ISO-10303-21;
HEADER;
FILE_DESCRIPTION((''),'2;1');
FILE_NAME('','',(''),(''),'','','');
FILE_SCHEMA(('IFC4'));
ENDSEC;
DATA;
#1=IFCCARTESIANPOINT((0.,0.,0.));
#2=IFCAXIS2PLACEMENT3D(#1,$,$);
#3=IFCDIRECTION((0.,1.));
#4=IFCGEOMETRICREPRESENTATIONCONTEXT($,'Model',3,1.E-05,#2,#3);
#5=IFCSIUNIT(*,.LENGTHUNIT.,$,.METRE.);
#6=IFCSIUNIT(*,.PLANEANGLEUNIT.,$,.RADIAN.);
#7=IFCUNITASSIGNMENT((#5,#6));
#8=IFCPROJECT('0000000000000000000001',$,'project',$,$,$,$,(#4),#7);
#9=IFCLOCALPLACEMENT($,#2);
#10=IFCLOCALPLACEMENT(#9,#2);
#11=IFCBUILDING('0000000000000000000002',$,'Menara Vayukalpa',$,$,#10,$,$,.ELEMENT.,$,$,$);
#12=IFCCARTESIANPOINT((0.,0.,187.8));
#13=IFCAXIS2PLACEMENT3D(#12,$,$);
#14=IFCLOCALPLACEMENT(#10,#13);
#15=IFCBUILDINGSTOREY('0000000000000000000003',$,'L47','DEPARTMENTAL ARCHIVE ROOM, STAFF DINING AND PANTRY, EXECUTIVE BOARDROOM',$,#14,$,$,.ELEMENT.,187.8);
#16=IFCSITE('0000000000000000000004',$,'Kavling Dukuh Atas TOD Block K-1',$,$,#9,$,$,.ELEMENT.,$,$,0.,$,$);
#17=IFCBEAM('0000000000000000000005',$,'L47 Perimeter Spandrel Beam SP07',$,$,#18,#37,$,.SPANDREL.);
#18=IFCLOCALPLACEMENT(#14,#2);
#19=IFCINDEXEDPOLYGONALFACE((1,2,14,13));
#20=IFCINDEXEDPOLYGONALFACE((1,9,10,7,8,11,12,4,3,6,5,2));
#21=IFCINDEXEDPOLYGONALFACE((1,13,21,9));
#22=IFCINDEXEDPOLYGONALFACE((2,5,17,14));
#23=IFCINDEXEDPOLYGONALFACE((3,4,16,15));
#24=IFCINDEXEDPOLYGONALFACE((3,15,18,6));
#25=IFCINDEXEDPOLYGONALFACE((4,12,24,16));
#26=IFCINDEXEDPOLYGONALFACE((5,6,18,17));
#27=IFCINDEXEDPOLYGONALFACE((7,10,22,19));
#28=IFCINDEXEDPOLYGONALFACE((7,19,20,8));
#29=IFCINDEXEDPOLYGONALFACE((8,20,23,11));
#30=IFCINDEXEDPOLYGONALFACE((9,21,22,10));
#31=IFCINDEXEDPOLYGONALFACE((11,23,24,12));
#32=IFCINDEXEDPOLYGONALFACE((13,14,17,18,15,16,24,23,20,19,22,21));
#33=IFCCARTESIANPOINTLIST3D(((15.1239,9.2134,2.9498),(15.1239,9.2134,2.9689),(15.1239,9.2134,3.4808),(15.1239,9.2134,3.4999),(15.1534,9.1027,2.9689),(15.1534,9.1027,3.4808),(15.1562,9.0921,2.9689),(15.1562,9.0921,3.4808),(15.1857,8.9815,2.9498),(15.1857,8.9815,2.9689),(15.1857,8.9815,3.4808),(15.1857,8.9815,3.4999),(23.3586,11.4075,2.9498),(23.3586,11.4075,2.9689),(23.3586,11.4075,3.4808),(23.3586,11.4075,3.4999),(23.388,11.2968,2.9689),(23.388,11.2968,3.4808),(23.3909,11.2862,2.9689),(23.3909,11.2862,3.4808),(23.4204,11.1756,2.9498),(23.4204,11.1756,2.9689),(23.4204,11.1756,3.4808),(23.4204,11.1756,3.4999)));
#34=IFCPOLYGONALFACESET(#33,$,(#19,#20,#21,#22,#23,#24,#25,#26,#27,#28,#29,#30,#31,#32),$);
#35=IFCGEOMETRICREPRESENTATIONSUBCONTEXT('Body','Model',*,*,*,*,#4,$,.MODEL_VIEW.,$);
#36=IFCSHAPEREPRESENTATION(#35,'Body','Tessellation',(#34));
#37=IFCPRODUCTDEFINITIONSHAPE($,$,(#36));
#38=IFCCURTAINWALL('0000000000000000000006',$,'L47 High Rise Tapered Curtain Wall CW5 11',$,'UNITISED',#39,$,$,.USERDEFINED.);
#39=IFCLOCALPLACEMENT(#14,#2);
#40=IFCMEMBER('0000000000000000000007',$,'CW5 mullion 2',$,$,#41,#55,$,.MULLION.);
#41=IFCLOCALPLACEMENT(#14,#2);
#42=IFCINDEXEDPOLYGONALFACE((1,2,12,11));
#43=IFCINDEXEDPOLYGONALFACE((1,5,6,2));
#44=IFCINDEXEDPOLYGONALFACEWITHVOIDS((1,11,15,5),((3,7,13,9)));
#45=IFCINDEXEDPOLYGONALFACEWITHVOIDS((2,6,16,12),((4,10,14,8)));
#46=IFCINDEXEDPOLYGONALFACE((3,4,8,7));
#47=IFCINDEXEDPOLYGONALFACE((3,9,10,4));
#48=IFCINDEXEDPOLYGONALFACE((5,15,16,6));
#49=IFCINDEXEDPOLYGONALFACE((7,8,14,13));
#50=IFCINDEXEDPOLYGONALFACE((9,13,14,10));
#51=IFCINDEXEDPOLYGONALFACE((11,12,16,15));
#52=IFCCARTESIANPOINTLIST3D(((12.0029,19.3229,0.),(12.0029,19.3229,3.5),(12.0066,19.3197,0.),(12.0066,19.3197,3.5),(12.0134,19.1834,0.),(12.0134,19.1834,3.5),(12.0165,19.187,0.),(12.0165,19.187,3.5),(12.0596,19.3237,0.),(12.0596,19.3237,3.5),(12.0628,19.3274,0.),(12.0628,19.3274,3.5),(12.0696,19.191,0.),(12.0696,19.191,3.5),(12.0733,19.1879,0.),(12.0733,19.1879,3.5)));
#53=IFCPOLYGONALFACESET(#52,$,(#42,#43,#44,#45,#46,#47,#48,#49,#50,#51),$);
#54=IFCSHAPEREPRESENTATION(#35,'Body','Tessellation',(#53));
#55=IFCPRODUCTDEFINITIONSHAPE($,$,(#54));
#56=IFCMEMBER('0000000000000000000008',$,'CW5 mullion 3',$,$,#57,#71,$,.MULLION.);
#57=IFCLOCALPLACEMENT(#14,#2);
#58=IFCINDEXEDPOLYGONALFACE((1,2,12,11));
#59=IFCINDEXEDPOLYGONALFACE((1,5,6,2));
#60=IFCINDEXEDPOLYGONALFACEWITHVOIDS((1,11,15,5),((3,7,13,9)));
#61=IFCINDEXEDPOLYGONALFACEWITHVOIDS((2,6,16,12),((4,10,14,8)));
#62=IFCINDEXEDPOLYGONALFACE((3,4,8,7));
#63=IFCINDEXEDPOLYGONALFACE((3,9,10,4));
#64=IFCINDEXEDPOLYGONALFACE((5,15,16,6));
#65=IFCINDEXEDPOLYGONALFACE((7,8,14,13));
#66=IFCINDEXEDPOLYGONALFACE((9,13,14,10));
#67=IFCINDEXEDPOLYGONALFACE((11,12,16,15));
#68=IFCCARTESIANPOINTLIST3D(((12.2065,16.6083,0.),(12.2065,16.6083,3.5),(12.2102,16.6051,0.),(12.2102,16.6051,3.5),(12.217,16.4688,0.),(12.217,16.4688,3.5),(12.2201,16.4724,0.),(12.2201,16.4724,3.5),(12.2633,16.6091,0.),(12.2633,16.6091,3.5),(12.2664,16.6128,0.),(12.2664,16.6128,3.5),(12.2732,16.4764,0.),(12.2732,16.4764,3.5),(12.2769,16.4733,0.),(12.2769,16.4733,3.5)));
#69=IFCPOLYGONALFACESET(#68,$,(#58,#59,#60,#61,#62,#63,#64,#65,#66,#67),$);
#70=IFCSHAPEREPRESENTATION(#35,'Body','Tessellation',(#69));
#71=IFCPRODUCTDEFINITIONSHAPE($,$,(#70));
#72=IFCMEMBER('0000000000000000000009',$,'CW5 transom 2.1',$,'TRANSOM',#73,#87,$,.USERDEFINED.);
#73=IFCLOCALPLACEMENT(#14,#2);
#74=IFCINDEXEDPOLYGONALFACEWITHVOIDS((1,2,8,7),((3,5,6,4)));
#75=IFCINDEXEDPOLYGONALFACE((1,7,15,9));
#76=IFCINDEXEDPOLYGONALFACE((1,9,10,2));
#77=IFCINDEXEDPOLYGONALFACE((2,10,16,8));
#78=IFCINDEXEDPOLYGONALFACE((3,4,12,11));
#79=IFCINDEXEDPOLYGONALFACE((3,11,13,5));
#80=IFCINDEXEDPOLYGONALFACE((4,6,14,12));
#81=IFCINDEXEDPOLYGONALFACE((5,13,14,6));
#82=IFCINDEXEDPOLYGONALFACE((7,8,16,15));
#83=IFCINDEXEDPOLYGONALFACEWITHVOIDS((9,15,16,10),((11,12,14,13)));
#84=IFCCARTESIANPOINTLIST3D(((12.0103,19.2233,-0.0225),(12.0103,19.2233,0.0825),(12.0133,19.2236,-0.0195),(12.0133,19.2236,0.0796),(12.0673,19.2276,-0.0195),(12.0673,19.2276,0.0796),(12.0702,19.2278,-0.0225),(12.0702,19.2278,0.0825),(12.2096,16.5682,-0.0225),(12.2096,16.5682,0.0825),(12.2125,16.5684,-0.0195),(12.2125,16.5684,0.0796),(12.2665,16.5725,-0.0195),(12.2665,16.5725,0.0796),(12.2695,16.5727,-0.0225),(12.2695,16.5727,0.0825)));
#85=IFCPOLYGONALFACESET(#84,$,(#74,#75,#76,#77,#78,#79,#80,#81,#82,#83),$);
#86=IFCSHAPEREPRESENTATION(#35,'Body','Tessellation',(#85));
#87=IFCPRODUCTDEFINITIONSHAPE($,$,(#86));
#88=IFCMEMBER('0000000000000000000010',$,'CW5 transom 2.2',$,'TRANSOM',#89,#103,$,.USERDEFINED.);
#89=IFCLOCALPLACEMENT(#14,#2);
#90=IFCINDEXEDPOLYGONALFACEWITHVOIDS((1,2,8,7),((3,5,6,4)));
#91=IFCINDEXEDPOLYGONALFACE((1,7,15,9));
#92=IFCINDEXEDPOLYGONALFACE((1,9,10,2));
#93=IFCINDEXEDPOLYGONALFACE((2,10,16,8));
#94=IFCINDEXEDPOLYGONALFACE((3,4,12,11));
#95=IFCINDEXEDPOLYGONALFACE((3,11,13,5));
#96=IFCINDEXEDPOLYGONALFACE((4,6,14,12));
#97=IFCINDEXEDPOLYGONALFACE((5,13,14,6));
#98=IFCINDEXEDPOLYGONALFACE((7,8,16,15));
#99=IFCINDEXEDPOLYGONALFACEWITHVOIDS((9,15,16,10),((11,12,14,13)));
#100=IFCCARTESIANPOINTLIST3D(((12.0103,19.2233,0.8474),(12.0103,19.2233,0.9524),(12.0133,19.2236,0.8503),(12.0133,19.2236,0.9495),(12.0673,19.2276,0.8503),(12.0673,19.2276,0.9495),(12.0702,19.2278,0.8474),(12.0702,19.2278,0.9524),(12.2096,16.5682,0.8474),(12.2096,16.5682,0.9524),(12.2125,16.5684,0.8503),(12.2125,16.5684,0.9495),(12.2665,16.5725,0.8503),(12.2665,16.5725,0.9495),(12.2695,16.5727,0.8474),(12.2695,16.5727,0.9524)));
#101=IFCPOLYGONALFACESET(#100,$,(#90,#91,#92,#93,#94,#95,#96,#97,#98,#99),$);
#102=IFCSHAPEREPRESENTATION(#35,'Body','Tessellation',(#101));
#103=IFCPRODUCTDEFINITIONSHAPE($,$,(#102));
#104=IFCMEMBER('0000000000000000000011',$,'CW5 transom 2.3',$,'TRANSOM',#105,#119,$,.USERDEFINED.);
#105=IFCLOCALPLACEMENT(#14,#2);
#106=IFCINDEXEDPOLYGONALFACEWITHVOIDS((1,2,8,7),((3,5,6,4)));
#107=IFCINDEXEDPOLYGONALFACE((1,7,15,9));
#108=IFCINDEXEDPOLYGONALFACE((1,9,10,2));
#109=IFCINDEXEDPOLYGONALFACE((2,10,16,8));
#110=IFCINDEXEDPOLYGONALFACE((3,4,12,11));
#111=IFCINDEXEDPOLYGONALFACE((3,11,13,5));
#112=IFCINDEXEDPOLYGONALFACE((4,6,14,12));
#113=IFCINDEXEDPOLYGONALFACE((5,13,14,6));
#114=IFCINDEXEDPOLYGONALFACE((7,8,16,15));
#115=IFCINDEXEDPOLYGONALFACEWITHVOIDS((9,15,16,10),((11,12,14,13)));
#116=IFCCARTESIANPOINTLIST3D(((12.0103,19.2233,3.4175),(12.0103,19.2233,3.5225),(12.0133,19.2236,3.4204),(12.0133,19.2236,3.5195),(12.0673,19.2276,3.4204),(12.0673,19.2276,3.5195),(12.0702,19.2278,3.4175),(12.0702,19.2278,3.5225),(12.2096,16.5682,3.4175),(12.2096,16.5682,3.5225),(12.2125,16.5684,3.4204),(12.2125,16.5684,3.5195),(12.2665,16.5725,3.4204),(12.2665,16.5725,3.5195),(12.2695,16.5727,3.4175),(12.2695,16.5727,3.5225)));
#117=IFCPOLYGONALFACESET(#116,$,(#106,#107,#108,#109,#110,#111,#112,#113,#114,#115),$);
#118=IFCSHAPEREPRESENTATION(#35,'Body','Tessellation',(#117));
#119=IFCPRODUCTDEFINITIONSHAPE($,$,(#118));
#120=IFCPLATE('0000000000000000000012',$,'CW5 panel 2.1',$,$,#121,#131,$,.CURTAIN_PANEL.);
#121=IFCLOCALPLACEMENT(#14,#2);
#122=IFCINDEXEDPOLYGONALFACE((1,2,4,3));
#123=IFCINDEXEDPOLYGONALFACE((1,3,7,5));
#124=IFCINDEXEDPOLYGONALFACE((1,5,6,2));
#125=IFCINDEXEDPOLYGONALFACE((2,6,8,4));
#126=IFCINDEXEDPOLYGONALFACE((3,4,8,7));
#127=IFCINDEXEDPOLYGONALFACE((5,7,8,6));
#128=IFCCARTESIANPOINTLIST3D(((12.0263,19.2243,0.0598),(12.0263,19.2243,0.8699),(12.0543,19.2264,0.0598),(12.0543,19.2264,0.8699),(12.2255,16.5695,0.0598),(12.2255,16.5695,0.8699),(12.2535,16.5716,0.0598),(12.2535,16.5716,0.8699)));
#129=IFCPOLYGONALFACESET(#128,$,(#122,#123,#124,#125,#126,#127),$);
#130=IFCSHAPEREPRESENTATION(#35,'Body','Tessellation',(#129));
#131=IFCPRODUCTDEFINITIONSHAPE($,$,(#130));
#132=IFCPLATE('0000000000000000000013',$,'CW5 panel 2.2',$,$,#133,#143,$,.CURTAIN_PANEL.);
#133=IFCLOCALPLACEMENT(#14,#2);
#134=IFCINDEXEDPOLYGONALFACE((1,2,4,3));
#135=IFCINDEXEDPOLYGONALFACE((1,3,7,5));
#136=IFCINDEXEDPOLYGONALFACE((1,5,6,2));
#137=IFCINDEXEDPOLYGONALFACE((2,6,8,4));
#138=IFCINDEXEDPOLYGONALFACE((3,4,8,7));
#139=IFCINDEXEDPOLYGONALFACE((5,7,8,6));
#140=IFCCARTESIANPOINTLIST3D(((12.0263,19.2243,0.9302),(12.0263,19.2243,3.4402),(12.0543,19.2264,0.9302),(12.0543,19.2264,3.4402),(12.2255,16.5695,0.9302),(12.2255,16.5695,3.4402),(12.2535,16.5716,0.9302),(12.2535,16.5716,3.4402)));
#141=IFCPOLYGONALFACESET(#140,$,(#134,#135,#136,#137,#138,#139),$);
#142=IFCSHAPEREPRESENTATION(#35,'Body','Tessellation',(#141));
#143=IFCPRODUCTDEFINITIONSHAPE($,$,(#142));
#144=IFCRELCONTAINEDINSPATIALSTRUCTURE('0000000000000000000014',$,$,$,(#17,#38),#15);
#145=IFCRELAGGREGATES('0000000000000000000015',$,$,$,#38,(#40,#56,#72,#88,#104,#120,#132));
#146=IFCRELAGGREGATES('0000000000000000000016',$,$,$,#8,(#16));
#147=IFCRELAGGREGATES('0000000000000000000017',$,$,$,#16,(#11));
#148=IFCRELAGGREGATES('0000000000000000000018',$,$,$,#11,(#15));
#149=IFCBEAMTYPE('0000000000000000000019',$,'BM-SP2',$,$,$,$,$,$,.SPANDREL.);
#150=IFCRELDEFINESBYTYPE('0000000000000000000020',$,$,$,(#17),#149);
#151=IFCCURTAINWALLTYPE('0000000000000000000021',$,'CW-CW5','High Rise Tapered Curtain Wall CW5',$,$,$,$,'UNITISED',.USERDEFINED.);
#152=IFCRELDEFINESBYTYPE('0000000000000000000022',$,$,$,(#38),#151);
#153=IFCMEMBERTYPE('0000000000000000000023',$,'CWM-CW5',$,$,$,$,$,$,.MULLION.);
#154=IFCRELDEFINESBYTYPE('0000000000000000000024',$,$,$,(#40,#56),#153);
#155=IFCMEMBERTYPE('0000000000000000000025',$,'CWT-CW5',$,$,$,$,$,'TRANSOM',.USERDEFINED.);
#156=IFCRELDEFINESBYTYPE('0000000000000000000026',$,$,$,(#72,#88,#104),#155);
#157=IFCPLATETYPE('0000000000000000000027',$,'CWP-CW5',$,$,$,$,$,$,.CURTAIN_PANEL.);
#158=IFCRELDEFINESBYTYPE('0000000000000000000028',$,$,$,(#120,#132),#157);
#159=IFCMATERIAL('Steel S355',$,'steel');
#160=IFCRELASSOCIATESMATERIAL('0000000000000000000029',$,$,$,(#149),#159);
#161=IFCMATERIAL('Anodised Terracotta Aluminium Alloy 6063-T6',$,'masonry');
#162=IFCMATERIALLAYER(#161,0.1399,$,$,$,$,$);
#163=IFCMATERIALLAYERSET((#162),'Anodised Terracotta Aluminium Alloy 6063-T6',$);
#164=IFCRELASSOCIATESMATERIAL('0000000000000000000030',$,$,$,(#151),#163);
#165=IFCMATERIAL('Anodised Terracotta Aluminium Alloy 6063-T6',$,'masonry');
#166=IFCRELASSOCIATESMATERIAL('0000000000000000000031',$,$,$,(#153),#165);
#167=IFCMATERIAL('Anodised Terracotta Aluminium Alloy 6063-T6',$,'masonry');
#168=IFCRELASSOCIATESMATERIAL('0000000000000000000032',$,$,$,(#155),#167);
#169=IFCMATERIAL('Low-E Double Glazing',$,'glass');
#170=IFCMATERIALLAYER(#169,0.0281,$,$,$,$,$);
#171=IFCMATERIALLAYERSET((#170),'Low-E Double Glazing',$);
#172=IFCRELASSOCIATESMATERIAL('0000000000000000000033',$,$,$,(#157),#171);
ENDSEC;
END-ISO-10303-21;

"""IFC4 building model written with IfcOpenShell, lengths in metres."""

from ifc_helpers import new_model, si_unit, direction, frame, origin, origin_2d, place, context, subcontext, project, spatial, rectangle, hollow_rectangle, i_section, extrude, material, layer, layer_set, material_profile, profile_set, type_object, element, aggregate, save


model = new_model("IFC4")

# Units and contexts
model_context = context("Model", 3, precision=1e-05, world=origin(), true_north=direction((0.0, 1.0)))
body_context = subcontext(model_context, "Body", "Model", "MODEL_VIEW")
ifc_project = project(units=[si_unit("LENGTHUNIT", "METRE"), si_unit("PLANEANGLEUNIT", "RADIAN")], contexts=[model_context])

# Site, building, storey
site_placement = place(None, origin())
site = spatial("IfcSite", under=ifc_project, at=site_placement, Name="Kavling Dukuh Atas TOD Block K-1", CompositionType="ELEMENT", RefElevation=0.0)
building_placement = place(site_placement, origin())
building = spatial("IfcBuilding", under=site, at=building_placement, Name="Menara Vayukalpa", CompositionType="ELEMENT")
storey_placement = place(building_placement, frame((0.0, 0.0, 187.8)))
storey = spatial("IfcBuildingStorey", under=building, at=storey_placement, Name="L47", Description="DEPARTMENTAL ARCHIVE ROOM, STAFF DINING AND PANTRY, EXECUTIVE BOARDROOM", CompositionType="ELEMENT", Elevation=187.8)

# Beam
ifc_material_1 = material(Name="Steel S355", Category="steel")
ifc_material_profile_1 = material_profile(ifc_material_1, i_section(OverallWidth=0.24, OverallDepth=0.55, WebThickness=0.011, FlangeThickness=0.019, at=origin_2d()), Name="WF 550x240x11x19")
ifc_profile_set_1 = profile_set([ifc_material_profile_1], Name="Steel S355")
beam_type_1 = type_object("IfcBeamType", Name="BM-SP2", PredefinedType="SPANDREL", material=ifc_profile_set_1)
beam_1_placement = place(storey_placement, frame((15.1548, 9.0974, 3.2249), z_axis=(0.966288, 0.257465, 0.0), x_axis=(-0.257465, 0.966288, 0.0)))
element("IfcBeam", 1, at=beam_1_placement, inside=storey, type_object=beam_type_1, Name="L47 Perimeter Spandrel Beam SP07", PredefinedType="SPANDREL", context=body_context, shape_type="SweptSolid", body=[
    extrude(i_section(OverallWidth=0.24, OverallDepth=0.55, WebThickness=0.011, FlangeThickness=0.019, at=origin_2d()), origin(), (0.0, 0.0, 1.0), 8.522),
])

# Curtain wall, members, plates
ifc_material_2 = material(Name="Anodised Terracotta Aluminium Alloy 6063-T6", Category="masonry")
ifc_layer_1 = layer(ifc_material_2, 0.1399)
ifc_layer_set_1 = layer_set([ifc_layer_1], Name="Anodised Terracotta Aluminium Alloy 6063-T6")
curtain_wall_type = type_object("IfcCurtainWallType", Name="CW-CW5", Description="High Rise Tapered Curtain Wall CW5", ElementType="UNITISED", PredefinedType="USERDEFINED", material=ifc_layer_set_1)
curtain_wall_placement = place(storey_placement, origin())
curtain_wall = element("IfcCurtainWall", 2, at=curtain_wall_placement, inside=storey, type_object=curtain_wall_type, Name="L47 High Rise Tapered Curtain Wall CW5 11", ObjectType="UNITISED", PredefinedType="USERDEFINED")
ifc_material_3 = material(Name="Anodised Terracotta Aluminium Alloy 6063-T6", Category="masonry")
ifc_material_profile_2 = material_profile(ifc_material_3, hollow_rectangle(XDim=0.0601, YDim=0.1399, WallThickness=0.0034, at=origin_2d()), Name="ALU 60x140x3.5")
ifc_profile_set_2 = profile_set([ifc_material_profile_2], Name="Anodised Terracotta Aluminium Alloy 6063-T6")
member_type_1 = type_object("IfcMemberType", Name="CWM-CW5", PredefinedType="MULLION", material=ifc_profile_set_2)
member_1_placement = place(storey_placement, frame((12.0381, 19.2554, 0.0), z_axis=(0.0, 0.0, 1.0), x_axis=(0.997199, 0.074792, 0.0)))
member_1 = element("IfcMember", 3, at=member_1_placement, type_object=member_type_1, Name="CW5 mullion 2", PredefinedType="MULLION", context=body_context, shape_type="SweptSolid", body=[
    extrude(hollow_rectangle(XDim=0.0601, YDim=0.1399, WallThickness=0.0034, at=origin_2d()), origin(), (0.0, 0.0, 1.0), 3.5),
])
member_2_placement = place(storey_placement, frame((12.2417, 16.5408, 0.0), z_axis=(0.0, 0.0, 1.0), x_axis=(0.997199, 0.074792, 0.0)))
member_2 = element("IfcMember", 4, at=member_2_placement, type_object=member_type_1, Name="CW5 mullion 3", PredefinedType="MULLION", context=body_context, shape_type="SweptSolid", body=[
    extrude(hollow_rectangle(XDim=0.0601, YDim=0.1399, WallThickness=0.0034, at=origin_2d()), origin(), (0.0, 0.0, 1.0), 3.5),
])
ifc_material_4 = material(Name="Anodised Terracotta Aluminium Alloy 6063-T6", Category="masonry")
ifc_material_profile_3 = material_profile(ifc_material_4, hollow_rectangle(XDim=0.0601, YDim=0.105, WallThickness=0.0029, at=origin_2d()), Name="ALU 60x105x3")
ifc_profile_set_3 = profile_set([ifc_material_profile_3], Name="Anodised Terracotta Aluminium Alloy 6063-T6")
member_type_2 = type_object("IfcMemberType", Name="CWT-CW5", ElementType="TRANSOM", PredefinedType="USERDEFINED", material=ifc_profile_set_3)
member_3_placement = place(storey_placement, frame((12.0403, 19.2256, 0.03), z_axis=(0.074824, -0.997197, 0.0), x_axis=(0.997197, 0.074824, 0.0)))
member_3 = element("IfcMember", 5, at=member_3_placement, type_object=member_type_2, Name="CW5 transom 2.1", ObjectType="TRANSOM", PredefinedType="USERDEFINED", context=body_context, shape_type="SweptSolid", body=[
    extrude(hollow_rectangle(XDim=0.0601, YDim=0.105, WallThickness=0.0029, at=origin_2d()), origin(), (0.0, 0.0, 1.0), 2.6626),
])
member_4_placement = place(storey_placement, frame((12.0403, 19.2256, 0.8999), z_axis=(0.074824, -0.997197, 0.0), x_axis=(0.997197, 0.074824, 0.0)))
member_4 = element("IfcMember", 6, at=member_4_placement, type_object=member_type_2, Name="CW5 transom 2.2", ObjectType="TRANSOM", PredefinedType="USERDEFINED", context=body_context, shape_type="SweptSolid", body=[
    extrude(hollow_rectangle(XDim=0.0601, YDim=0.105, WallThickness=0.0029, at=origin_2d()), origin(), (0.0, 0.0, 1.0), 2.6626),
])
member_5_placement = place(storey_placement, frame((12.0403, 19.2256, 3.47), z_axis=(0.074824, -0.997197, 0.0), x_axis=(0.997197, 0.074824, 0.0)))
member_5 = element("IfcMember", 7, at=member_5_placement, type_object=member_type_2, Name="CW5 transom 2.3", ObjectType="TRANSOM", PredefinedType="USERDEFINED", context=body_context, shape_type="SweptSolid", body=[
    extrude(hollow_rectangle(XDim=0.0601, YDim=0.105, WallThickness=0.0029, at=origin_2d()), origin(), (0.0, 0.0, 1.0), 2.6626),
])
ifc_material_5 = material(Name="Low-E Double Glazing", Category="glass")
ifc_layer_2 = layer(ifc_material_5, 0.0281)
ifc_layer_set_2 = layer_set([ifc_layer_2], Name="Low-E Double Glazing")
plate_type = type_object("IfcPlateType", Name="CWP-CW5", PredefinedType="CURTAIN_PANEL", material=ifc_layer_set_2)
plate_1_placement = place(storey_placement, frame((12.1399, 17.8979, 0.0598), z_axis=(0.0, 0.0, 1.0), x_axis=(0.074792, -0.997199, 0.0)))
plate_1 = element("IfcPlate", 8, at=plate_1_placement, type_object=plate_type, Name="CW5 panel 2.1", PredefinedType="CURTAIN_PANEL", context=body_context, shape_type="SweptSolid", body=[
    extrude(rectangle(XDim=2.6624, YDim=0.0281, at=origin_2d()), origin(), (0.0, 0.0, 1.0), 0.8101),
])
plate_2_placement = place(storey_placement, frame((12.1399, 17.8979, 0.9302), z_axis=(0.0, 0.0, 1.0), x_axis=(0.074792, -0.997199, 0.0)))
plate_2 = element("IfcPlate", 9, at=plate_2_placement, type_object=plate_type, Name="CW5 panel 2.2", PredefinedType="CURTAIN_PANEL", context=body_context, shape_type="SweptSolid", body=[
    extrude(rectangle(XDim=2.6624, YDim=0.0281, at=origin_2d()), origin(), (0.0, 0.0, 1.0), 2.51),
])
aggregate(curtain_wall, [member_1, member_2, member_3, member_4, member_5, plate_1, plate_2])

save(model, "model.ifc")
